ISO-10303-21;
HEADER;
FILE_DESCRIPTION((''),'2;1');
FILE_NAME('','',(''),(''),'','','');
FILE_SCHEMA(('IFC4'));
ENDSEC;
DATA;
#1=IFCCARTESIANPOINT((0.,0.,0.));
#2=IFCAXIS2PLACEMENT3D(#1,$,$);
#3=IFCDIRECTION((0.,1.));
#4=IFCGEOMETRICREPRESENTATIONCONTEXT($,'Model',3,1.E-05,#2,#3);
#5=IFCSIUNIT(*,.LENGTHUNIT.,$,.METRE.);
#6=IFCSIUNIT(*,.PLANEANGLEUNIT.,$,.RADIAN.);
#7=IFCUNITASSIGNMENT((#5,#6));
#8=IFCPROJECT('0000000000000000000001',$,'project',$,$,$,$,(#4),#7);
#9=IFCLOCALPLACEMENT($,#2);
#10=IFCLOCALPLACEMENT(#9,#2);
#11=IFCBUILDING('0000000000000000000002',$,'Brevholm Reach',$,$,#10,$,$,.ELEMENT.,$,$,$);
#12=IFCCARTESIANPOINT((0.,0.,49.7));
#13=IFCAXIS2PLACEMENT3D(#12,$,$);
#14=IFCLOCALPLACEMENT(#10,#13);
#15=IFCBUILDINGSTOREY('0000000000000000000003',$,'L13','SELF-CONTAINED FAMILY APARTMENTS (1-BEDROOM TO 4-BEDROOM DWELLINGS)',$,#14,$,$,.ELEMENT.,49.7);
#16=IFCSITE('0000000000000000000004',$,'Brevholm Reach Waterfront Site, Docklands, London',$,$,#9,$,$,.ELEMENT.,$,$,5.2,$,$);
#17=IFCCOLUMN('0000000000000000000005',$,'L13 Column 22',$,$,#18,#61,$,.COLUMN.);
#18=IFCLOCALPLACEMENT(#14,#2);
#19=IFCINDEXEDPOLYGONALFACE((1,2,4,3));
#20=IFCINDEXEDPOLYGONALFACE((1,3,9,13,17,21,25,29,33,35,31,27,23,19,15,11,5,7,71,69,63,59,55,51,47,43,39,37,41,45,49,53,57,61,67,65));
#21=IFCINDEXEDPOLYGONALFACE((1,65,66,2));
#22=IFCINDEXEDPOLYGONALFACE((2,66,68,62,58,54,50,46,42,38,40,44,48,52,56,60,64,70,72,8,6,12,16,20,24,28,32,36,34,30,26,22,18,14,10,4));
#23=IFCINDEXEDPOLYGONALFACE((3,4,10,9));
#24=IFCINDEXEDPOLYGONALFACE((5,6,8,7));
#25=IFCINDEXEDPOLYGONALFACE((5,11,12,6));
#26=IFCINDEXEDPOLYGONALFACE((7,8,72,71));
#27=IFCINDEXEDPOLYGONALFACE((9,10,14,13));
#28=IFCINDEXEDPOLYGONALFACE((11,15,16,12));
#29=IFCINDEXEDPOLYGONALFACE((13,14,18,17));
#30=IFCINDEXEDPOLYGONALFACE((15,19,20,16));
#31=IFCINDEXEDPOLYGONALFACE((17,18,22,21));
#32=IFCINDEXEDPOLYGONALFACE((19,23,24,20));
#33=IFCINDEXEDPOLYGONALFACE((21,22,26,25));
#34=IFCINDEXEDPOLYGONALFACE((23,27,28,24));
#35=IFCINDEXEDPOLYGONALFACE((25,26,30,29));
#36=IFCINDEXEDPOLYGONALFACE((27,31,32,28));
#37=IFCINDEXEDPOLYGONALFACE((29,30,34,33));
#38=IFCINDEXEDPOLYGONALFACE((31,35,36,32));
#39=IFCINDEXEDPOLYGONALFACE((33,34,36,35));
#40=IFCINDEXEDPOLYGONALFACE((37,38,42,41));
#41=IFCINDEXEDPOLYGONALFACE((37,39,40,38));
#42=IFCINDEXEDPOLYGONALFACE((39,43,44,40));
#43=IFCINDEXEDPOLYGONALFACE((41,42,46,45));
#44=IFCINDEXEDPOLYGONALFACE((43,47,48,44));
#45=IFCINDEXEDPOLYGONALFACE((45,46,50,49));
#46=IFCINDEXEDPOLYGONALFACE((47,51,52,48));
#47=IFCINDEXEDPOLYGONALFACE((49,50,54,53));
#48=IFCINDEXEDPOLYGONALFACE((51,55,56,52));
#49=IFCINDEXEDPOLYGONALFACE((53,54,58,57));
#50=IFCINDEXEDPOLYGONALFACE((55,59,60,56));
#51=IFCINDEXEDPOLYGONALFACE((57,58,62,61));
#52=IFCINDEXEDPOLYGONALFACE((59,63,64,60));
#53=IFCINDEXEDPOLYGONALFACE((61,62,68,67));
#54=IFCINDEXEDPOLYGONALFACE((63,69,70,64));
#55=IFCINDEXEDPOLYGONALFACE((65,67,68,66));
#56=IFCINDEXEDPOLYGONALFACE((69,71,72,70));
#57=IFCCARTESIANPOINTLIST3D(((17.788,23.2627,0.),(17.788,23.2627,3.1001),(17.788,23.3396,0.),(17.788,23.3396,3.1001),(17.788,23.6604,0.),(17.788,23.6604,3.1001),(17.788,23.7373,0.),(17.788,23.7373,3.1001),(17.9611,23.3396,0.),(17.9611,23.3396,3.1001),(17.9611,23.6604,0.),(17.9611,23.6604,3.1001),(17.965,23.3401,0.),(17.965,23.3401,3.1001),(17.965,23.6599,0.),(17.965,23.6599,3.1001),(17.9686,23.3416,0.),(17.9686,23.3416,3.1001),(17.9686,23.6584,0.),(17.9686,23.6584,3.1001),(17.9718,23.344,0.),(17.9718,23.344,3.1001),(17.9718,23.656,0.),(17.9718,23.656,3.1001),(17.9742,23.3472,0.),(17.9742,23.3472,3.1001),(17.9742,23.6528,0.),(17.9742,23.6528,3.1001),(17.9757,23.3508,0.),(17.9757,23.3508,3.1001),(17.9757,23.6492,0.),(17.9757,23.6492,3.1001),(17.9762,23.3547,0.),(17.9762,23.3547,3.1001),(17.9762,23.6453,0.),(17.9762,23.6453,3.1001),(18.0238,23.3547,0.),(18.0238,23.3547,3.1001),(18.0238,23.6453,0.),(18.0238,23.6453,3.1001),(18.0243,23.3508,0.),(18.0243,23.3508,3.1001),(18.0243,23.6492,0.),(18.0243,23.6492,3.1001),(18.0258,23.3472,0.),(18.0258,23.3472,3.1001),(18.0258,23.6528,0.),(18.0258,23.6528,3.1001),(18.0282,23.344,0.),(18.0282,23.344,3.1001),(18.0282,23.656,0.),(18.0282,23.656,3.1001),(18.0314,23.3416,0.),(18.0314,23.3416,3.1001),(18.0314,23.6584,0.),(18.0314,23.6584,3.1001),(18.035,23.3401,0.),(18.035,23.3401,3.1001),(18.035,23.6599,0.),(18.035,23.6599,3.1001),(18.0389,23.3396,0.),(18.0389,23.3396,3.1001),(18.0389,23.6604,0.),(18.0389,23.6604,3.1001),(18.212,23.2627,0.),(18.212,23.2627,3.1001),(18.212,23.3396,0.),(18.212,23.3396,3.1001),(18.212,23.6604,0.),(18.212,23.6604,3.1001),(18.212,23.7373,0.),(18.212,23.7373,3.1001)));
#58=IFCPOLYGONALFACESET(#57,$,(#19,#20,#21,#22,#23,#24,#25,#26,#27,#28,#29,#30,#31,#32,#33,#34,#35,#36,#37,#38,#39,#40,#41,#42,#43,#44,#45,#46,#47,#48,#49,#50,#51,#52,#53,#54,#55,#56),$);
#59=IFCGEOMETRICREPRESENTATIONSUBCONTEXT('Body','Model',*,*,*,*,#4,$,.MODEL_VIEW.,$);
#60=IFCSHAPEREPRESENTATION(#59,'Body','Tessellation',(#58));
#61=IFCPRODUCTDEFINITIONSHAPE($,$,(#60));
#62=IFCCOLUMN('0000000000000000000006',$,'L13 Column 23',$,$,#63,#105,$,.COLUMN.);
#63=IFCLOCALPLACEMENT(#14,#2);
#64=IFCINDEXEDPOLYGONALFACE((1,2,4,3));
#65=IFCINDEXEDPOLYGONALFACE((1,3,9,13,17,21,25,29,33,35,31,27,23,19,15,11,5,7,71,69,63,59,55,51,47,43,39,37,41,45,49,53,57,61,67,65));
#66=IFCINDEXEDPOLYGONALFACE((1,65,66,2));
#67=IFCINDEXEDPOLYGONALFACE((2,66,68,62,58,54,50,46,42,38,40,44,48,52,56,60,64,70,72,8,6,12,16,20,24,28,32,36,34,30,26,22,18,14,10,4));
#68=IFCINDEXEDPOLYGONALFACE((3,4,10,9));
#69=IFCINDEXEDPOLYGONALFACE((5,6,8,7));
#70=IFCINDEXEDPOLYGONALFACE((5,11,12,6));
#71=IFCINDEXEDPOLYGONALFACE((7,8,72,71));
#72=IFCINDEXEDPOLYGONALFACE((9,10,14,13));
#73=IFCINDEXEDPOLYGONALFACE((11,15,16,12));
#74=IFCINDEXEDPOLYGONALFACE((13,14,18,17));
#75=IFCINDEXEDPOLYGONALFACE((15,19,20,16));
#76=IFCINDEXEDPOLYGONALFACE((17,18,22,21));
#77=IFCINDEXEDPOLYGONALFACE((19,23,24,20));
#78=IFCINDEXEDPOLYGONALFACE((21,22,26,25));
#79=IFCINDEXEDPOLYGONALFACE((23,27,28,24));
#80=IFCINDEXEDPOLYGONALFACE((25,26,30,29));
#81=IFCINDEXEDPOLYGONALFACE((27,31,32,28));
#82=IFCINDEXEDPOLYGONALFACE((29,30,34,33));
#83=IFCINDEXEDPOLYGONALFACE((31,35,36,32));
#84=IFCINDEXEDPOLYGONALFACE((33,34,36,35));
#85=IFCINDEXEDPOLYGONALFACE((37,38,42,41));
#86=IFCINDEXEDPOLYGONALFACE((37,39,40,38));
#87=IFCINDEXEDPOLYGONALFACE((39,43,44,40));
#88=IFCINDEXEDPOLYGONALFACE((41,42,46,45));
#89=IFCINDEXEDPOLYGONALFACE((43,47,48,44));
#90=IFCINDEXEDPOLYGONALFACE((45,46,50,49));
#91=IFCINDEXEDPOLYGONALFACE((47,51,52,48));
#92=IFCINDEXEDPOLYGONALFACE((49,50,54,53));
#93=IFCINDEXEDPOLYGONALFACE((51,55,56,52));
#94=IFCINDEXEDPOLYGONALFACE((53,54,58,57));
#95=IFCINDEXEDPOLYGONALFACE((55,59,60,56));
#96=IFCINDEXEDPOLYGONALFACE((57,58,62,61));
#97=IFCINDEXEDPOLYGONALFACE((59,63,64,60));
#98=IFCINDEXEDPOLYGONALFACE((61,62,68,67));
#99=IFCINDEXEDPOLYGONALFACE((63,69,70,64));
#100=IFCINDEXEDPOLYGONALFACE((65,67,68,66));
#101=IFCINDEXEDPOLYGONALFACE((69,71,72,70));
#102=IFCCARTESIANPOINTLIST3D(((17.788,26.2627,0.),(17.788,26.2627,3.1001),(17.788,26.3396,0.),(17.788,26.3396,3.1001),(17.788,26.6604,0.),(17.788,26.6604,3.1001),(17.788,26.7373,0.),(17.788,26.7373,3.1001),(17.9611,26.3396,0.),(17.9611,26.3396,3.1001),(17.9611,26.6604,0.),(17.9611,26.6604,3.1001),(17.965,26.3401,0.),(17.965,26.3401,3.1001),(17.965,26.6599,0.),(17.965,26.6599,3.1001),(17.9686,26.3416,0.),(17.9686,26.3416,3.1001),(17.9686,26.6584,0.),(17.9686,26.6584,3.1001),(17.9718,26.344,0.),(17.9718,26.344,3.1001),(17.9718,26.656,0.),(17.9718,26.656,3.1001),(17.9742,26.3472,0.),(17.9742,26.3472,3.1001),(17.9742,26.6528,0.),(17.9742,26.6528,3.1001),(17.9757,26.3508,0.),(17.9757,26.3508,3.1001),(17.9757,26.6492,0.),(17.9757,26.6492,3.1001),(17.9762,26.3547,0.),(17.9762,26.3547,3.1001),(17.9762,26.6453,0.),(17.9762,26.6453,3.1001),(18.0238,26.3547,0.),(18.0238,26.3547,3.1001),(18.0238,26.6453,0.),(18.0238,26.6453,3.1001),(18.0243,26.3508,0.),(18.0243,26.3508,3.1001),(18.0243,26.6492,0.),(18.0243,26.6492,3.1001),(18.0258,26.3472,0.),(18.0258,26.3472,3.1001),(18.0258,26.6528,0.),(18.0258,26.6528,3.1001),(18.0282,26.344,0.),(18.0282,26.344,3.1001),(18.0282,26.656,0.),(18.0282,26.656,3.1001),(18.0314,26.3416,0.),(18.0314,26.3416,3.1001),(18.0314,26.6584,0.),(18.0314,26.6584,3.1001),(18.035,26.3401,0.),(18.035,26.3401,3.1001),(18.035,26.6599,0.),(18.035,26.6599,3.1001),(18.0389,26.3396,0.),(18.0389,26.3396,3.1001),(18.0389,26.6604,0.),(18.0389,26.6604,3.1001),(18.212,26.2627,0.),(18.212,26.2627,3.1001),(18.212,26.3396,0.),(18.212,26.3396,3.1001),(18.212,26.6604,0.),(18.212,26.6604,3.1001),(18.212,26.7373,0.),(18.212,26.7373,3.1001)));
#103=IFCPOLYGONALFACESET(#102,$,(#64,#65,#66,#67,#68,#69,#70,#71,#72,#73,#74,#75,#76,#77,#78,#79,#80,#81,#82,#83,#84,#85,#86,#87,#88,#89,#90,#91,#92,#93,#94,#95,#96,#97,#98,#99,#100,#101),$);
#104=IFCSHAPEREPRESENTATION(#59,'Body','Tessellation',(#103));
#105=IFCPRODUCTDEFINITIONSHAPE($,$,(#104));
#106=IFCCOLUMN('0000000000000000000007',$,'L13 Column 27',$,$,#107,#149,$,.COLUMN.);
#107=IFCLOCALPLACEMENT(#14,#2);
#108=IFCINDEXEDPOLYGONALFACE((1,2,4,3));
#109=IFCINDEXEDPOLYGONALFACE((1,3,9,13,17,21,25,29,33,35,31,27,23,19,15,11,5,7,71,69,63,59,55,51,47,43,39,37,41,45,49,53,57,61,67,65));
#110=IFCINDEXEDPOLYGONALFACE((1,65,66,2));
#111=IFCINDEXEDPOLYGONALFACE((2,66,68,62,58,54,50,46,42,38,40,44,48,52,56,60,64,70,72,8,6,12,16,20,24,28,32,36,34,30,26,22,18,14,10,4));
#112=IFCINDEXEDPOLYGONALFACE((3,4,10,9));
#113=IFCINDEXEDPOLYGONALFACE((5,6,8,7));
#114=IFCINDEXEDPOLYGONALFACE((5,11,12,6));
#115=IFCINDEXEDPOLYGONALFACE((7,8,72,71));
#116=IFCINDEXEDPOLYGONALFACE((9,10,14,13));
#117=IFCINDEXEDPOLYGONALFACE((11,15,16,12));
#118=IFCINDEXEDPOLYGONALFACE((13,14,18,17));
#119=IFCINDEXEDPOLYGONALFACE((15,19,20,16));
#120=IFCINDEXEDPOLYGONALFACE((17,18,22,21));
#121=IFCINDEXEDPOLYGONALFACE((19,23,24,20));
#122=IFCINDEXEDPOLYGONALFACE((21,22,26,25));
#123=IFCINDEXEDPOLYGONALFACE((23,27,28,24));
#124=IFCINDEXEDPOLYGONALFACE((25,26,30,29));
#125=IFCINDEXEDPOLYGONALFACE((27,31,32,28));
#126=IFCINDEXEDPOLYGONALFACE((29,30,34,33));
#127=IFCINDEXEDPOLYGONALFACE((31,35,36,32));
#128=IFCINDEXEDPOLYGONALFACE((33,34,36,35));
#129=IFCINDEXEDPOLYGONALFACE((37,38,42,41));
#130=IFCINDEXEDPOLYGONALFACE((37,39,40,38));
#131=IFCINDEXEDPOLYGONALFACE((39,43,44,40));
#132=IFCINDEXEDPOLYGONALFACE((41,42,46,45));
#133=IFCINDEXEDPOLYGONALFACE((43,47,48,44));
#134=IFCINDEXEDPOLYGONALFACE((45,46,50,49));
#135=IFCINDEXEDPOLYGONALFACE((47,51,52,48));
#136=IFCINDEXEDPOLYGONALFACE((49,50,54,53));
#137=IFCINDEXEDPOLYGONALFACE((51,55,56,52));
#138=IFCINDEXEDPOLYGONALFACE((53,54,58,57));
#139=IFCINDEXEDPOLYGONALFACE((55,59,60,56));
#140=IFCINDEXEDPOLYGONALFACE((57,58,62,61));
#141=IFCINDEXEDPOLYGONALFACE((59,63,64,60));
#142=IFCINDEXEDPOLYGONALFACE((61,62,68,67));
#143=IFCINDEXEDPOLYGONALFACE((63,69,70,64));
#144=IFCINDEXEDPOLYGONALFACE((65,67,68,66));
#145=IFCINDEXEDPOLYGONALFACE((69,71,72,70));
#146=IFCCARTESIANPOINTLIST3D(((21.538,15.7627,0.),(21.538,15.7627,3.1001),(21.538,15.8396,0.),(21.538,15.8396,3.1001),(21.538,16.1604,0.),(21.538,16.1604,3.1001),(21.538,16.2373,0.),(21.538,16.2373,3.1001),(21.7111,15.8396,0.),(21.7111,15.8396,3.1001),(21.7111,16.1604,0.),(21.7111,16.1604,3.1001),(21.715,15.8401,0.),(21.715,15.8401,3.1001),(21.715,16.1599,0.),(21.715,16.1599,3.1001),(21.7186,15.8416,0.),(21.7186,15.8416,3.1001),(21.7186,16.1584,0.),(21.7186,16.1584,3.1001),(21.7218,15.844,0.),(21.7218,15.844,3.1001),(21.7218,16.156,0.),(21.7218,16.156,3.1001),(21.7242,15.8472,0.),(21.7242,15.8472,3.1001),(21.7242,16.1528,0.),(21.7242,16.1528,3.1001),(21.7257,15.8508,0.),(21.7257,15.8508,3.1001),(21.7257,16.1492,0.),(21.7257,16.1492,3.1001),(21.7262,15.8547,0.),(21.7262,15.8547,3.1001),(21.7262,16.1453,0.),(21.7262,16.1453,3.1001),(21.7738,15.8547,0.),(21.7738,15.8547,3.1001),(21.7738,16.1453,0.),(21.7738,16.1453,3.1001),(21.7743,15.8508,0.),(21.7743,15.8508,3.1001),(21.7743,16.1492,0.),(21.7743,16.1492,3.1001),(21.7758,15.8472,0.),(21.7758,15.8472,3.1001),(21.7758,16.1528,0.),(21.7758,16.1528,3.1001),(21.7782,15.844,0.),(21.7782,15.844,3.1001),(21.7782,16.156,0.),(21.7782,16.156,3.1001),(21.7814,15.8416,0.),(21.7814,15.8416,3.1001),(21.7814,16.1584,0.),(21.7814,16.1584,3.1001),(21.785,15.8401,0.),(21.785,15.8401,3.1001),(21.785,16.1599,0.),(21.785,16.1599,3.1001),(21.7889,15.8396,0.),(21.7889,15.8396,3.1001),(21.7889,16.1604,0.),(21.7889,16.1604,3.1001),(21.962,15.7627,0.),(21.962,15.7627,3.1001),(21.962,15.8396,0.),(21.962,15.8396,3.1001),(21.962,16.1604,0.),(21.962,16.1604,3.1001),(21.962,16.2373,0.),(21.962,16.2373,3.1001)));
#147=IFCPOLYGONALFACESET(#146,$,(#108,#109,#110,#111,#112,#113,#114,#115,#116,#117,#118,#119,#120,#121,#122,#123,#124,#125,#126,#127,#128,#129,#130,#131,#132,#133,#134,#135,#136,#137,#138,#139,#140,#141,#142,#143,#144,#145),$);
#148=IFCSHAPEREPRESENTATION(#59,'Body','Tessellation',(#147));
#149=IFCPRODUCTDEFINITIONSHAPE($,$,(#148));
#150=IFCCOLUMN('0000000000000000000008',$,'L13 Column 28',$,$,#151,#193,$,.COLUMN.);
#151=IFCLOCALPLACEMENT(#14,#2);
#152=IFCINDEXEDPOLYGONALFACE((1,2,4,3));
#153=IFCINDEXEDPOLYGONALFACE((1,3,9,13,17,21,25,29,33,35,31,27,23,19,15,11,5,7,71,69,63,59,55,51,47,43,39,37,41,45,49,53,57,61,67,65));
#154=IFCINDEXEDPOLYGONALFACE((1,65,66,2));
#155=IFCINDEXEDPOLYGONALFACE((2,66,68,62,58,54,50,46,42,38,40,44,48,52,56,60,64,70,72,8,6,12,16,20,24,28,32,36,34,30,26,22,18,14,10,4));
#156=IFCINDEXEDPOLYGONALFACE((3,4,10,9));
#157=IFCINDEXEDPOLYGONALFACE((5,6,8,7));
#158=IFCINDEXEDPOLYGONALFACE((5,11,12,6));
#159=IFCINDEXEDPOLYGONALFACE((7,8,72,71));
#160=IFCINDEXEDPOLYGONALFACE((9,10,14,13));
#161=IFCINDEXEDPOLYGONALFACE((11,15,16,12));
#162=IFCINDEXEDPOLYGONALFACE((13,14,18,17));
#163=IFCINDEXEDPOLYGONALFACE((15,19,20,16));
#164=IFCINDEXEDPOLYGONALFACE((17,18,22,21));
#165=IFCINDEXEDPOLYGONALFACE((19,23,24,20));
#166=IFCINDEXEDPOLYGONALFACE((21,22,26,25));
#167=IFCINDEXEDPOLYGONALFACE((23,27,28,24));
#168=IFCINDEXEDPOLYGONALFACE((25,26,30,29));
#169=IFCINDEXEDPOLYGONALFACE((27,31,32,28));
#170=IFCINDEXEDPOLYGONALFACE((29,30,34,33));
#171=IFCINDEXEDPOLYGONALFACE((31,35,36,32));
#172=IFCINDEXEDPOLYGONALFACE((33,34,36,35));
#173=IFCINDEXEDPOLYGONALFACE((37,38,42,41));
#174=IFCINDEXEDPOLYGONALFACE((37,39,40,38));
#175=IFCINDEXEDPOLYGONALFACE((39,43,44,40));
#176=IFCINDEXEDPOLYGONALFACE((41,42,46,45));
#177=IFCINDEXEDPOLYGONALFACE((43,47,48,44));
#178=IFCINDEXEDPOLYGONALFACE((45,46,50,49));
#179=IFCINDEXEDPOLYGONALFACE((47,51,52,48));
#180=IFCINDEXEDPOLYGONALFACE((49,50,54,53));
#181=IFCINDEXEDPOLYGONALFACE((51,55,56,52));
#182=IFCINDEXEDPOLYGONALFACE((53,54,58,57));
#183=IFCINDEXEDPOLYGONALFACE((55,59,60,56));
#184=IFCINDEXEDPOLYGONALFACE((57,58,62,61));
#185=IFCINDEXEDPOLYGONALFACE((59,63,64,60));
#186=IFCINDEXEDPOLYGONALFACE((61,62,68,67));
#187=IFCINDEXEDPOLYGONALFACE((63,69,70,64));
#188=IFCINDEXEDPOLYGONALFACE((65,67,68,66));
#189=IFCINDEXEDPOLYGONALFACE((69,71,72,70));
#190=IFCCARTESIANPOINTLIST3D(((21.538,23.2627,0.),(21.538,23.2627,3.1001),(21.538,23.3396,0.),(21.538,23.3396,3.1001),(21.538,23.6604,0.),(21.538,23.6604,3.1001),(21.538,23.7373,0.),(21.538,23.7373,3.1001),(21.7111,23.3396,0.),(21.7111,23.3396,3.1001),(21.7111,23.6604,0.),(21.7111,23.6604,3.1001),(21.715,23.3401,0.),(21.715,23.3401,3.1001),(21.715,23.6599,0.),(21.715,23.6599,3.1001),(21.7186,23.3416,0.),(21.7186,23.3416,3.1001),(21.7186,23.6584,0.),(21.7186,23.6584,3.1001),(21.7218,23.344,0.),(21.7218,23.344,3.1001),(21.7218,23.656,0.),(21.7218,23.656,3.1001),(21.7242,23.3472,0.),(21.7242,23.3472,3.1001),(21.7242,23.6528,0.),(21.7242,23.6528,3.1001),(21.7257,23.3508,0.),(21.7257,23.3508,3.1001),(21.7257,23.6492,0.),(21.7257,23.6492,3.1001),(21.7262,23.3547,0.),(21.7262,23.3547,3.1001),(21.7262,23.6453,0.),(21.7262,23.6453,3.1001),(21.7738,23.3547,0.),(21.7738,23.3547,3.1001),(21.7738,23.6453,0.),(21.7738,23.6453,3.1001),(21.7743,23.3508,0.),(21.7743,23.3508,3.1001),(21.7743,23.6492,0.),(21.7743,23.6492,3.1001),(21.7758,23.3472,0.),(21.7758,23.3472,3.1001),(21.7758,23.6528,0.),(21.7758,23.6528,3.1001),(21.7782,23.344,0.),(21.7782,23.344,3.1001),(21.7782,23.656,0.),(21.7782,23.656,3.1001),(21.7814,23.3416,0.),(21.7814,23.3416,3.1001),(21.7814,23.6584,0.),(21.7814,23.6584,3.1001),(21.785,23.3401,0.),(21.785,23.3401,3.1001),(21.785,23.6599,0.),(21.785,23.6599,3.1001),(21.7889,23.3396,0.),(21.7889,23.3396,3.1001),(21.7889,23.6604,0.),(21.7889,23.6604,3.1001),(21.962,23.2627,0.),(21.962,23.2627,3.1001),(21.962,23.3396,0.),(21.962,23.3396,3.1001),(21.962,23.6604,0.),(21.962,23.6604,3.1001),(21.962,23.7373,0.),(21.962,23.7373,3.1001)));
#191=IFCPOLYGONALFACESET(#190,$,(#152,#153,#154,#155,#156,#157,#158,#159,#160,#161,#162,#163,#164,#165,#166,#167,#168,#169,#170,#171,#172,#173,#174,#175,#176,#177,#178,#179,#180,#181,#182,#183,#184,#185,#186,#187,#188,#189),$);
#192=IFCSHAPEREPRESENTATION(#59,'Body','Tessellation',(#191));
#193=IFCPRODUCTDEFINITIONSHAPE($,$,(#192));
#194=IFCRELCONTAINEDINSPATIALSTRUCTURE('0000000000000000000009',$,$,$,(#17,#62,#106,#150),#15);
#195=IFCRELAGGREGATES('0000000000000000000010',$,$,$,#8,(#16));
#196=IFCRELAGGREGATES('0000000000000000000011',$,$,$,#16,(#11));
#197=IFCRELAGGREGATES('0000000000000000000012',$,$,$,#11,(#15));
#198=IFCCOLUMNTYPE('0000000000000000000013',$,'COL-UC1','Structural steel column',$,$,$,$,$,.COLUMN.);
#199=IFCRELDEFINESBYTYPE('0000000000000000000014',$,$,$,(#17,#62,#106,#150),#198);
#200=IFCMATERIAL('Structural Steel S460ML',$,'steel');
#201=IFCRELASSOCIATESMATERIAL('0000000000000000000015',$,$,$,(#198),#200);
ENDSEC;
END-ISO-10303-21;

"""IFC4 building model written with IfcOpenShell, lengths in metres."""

from ifc_helpers import new_model, si_unit, direction, frame, origin, origin_2d, place, context, subcontext, project, spatial, i_section, extrude, material, material_profile, profile_set, type_object, element, save


model = new_model("IFC4")

# Units and contexts
model_context = context("Model", 3, precision=1e-05, world=origin(), true_north=direction((0.0, 1.0)))
body_context = subcontext(model_context, "Body", "Model", "MODEL_VIEW")
ifc_project = project(units=[si_unit("LENGTHUNIT", "METRE"), si_unit("PLANEANGLEUNIT", "RADIAN")], contexts=[model_context])

# Site, building, storey
site_placement = place(None, origin())
site = spatial("IfcSite", under=ifc_project, at=site_placement, Name="Brevholm Reach Waterfront Site, Docklands, London", CompositionType="ELEMENT", RefElevation=5.2)
building_placement = place(site_placement, origin())
building = spatial("IfcBuilding", under=site, at=building_placement, Name="Brevholm Reach", CompositionType="ELEMENT")
storey_placement = place(building_placement, frame((0.0, 0.0, 49.7)))
storey = spatial("IfcBuildingStorey", under=building, at=storey_placement, Name="L13", Description="SELF-CONTAINED FAMILY APARTMENTS (1-BEDROOM TO 4-BEDROOM DWELLINGS)", CompositionType="ELEMENT", Elevation=49.7)

# Columns
ifc_material_1 = material(Name="Structural Steel S460ML", Category="steel")
ifc_material_profile_1 = material_profile(ifc_material_1, i_section(OverallWidth=0.4241, OverallDepth=0.4746, WebThickness=0.0476, FlangeThickness=0.0769, FilletRadius=0.0151, at=origin_2d()), Name="UKC 356x406x634")
ifc_profile_set_1 = profile_set([ifc_material_profile_1], Name="Structural Steel S460ML")
column_type_1 = type_object("IfcColumnType", Name="COL-UC1", Description="Structural steel column", PredefinedType="COLUMN", material=ifc_profile_set_1)
for number, where, z_axis, x_axis, name in (
    (1, (18.0, 23.5, 0.0), (0.0, 0.0, 1.0), (1.0, 0.0, 0.0), "L13 Column 22"),
    (2, (18.0, 26.5, 0.0), (0.0, 0.0, 1.0), (1.0, 0.0, 0.0), "L13 Column 23"),
    (3, (21.75, 16.0, 0.0), (0.0, 0.0, 1.0), (1.0, 0.0, 0.0), "L13 Column 27"),
    (4, (21.75, 23.5, 0.0), (0.0, 0.0, 1.0), (1.0, 0.0, 0.0), "L13 Column 28"),
):
    element("IfcColumn", number, at=place(storey_placement, frame(where, z_axis=z_axis, x_axis=x_axis)), inside=storey, type_object=column_type_1, Name=name, PredefinedType="COLUMN", context=body_context, shape_type="SweptSolid", body=[
        extrude(i_section(OverallWidth=0.4241, OverallDepth=0.4746, WebThickness=0.0476, FlangeThickness=0.0769, FilletRadius=0.0151, at=origin_2d()), origin(), (0.0, 0.0, 1.0), 3.1001),
    ])

save(model, "model.ifc")
